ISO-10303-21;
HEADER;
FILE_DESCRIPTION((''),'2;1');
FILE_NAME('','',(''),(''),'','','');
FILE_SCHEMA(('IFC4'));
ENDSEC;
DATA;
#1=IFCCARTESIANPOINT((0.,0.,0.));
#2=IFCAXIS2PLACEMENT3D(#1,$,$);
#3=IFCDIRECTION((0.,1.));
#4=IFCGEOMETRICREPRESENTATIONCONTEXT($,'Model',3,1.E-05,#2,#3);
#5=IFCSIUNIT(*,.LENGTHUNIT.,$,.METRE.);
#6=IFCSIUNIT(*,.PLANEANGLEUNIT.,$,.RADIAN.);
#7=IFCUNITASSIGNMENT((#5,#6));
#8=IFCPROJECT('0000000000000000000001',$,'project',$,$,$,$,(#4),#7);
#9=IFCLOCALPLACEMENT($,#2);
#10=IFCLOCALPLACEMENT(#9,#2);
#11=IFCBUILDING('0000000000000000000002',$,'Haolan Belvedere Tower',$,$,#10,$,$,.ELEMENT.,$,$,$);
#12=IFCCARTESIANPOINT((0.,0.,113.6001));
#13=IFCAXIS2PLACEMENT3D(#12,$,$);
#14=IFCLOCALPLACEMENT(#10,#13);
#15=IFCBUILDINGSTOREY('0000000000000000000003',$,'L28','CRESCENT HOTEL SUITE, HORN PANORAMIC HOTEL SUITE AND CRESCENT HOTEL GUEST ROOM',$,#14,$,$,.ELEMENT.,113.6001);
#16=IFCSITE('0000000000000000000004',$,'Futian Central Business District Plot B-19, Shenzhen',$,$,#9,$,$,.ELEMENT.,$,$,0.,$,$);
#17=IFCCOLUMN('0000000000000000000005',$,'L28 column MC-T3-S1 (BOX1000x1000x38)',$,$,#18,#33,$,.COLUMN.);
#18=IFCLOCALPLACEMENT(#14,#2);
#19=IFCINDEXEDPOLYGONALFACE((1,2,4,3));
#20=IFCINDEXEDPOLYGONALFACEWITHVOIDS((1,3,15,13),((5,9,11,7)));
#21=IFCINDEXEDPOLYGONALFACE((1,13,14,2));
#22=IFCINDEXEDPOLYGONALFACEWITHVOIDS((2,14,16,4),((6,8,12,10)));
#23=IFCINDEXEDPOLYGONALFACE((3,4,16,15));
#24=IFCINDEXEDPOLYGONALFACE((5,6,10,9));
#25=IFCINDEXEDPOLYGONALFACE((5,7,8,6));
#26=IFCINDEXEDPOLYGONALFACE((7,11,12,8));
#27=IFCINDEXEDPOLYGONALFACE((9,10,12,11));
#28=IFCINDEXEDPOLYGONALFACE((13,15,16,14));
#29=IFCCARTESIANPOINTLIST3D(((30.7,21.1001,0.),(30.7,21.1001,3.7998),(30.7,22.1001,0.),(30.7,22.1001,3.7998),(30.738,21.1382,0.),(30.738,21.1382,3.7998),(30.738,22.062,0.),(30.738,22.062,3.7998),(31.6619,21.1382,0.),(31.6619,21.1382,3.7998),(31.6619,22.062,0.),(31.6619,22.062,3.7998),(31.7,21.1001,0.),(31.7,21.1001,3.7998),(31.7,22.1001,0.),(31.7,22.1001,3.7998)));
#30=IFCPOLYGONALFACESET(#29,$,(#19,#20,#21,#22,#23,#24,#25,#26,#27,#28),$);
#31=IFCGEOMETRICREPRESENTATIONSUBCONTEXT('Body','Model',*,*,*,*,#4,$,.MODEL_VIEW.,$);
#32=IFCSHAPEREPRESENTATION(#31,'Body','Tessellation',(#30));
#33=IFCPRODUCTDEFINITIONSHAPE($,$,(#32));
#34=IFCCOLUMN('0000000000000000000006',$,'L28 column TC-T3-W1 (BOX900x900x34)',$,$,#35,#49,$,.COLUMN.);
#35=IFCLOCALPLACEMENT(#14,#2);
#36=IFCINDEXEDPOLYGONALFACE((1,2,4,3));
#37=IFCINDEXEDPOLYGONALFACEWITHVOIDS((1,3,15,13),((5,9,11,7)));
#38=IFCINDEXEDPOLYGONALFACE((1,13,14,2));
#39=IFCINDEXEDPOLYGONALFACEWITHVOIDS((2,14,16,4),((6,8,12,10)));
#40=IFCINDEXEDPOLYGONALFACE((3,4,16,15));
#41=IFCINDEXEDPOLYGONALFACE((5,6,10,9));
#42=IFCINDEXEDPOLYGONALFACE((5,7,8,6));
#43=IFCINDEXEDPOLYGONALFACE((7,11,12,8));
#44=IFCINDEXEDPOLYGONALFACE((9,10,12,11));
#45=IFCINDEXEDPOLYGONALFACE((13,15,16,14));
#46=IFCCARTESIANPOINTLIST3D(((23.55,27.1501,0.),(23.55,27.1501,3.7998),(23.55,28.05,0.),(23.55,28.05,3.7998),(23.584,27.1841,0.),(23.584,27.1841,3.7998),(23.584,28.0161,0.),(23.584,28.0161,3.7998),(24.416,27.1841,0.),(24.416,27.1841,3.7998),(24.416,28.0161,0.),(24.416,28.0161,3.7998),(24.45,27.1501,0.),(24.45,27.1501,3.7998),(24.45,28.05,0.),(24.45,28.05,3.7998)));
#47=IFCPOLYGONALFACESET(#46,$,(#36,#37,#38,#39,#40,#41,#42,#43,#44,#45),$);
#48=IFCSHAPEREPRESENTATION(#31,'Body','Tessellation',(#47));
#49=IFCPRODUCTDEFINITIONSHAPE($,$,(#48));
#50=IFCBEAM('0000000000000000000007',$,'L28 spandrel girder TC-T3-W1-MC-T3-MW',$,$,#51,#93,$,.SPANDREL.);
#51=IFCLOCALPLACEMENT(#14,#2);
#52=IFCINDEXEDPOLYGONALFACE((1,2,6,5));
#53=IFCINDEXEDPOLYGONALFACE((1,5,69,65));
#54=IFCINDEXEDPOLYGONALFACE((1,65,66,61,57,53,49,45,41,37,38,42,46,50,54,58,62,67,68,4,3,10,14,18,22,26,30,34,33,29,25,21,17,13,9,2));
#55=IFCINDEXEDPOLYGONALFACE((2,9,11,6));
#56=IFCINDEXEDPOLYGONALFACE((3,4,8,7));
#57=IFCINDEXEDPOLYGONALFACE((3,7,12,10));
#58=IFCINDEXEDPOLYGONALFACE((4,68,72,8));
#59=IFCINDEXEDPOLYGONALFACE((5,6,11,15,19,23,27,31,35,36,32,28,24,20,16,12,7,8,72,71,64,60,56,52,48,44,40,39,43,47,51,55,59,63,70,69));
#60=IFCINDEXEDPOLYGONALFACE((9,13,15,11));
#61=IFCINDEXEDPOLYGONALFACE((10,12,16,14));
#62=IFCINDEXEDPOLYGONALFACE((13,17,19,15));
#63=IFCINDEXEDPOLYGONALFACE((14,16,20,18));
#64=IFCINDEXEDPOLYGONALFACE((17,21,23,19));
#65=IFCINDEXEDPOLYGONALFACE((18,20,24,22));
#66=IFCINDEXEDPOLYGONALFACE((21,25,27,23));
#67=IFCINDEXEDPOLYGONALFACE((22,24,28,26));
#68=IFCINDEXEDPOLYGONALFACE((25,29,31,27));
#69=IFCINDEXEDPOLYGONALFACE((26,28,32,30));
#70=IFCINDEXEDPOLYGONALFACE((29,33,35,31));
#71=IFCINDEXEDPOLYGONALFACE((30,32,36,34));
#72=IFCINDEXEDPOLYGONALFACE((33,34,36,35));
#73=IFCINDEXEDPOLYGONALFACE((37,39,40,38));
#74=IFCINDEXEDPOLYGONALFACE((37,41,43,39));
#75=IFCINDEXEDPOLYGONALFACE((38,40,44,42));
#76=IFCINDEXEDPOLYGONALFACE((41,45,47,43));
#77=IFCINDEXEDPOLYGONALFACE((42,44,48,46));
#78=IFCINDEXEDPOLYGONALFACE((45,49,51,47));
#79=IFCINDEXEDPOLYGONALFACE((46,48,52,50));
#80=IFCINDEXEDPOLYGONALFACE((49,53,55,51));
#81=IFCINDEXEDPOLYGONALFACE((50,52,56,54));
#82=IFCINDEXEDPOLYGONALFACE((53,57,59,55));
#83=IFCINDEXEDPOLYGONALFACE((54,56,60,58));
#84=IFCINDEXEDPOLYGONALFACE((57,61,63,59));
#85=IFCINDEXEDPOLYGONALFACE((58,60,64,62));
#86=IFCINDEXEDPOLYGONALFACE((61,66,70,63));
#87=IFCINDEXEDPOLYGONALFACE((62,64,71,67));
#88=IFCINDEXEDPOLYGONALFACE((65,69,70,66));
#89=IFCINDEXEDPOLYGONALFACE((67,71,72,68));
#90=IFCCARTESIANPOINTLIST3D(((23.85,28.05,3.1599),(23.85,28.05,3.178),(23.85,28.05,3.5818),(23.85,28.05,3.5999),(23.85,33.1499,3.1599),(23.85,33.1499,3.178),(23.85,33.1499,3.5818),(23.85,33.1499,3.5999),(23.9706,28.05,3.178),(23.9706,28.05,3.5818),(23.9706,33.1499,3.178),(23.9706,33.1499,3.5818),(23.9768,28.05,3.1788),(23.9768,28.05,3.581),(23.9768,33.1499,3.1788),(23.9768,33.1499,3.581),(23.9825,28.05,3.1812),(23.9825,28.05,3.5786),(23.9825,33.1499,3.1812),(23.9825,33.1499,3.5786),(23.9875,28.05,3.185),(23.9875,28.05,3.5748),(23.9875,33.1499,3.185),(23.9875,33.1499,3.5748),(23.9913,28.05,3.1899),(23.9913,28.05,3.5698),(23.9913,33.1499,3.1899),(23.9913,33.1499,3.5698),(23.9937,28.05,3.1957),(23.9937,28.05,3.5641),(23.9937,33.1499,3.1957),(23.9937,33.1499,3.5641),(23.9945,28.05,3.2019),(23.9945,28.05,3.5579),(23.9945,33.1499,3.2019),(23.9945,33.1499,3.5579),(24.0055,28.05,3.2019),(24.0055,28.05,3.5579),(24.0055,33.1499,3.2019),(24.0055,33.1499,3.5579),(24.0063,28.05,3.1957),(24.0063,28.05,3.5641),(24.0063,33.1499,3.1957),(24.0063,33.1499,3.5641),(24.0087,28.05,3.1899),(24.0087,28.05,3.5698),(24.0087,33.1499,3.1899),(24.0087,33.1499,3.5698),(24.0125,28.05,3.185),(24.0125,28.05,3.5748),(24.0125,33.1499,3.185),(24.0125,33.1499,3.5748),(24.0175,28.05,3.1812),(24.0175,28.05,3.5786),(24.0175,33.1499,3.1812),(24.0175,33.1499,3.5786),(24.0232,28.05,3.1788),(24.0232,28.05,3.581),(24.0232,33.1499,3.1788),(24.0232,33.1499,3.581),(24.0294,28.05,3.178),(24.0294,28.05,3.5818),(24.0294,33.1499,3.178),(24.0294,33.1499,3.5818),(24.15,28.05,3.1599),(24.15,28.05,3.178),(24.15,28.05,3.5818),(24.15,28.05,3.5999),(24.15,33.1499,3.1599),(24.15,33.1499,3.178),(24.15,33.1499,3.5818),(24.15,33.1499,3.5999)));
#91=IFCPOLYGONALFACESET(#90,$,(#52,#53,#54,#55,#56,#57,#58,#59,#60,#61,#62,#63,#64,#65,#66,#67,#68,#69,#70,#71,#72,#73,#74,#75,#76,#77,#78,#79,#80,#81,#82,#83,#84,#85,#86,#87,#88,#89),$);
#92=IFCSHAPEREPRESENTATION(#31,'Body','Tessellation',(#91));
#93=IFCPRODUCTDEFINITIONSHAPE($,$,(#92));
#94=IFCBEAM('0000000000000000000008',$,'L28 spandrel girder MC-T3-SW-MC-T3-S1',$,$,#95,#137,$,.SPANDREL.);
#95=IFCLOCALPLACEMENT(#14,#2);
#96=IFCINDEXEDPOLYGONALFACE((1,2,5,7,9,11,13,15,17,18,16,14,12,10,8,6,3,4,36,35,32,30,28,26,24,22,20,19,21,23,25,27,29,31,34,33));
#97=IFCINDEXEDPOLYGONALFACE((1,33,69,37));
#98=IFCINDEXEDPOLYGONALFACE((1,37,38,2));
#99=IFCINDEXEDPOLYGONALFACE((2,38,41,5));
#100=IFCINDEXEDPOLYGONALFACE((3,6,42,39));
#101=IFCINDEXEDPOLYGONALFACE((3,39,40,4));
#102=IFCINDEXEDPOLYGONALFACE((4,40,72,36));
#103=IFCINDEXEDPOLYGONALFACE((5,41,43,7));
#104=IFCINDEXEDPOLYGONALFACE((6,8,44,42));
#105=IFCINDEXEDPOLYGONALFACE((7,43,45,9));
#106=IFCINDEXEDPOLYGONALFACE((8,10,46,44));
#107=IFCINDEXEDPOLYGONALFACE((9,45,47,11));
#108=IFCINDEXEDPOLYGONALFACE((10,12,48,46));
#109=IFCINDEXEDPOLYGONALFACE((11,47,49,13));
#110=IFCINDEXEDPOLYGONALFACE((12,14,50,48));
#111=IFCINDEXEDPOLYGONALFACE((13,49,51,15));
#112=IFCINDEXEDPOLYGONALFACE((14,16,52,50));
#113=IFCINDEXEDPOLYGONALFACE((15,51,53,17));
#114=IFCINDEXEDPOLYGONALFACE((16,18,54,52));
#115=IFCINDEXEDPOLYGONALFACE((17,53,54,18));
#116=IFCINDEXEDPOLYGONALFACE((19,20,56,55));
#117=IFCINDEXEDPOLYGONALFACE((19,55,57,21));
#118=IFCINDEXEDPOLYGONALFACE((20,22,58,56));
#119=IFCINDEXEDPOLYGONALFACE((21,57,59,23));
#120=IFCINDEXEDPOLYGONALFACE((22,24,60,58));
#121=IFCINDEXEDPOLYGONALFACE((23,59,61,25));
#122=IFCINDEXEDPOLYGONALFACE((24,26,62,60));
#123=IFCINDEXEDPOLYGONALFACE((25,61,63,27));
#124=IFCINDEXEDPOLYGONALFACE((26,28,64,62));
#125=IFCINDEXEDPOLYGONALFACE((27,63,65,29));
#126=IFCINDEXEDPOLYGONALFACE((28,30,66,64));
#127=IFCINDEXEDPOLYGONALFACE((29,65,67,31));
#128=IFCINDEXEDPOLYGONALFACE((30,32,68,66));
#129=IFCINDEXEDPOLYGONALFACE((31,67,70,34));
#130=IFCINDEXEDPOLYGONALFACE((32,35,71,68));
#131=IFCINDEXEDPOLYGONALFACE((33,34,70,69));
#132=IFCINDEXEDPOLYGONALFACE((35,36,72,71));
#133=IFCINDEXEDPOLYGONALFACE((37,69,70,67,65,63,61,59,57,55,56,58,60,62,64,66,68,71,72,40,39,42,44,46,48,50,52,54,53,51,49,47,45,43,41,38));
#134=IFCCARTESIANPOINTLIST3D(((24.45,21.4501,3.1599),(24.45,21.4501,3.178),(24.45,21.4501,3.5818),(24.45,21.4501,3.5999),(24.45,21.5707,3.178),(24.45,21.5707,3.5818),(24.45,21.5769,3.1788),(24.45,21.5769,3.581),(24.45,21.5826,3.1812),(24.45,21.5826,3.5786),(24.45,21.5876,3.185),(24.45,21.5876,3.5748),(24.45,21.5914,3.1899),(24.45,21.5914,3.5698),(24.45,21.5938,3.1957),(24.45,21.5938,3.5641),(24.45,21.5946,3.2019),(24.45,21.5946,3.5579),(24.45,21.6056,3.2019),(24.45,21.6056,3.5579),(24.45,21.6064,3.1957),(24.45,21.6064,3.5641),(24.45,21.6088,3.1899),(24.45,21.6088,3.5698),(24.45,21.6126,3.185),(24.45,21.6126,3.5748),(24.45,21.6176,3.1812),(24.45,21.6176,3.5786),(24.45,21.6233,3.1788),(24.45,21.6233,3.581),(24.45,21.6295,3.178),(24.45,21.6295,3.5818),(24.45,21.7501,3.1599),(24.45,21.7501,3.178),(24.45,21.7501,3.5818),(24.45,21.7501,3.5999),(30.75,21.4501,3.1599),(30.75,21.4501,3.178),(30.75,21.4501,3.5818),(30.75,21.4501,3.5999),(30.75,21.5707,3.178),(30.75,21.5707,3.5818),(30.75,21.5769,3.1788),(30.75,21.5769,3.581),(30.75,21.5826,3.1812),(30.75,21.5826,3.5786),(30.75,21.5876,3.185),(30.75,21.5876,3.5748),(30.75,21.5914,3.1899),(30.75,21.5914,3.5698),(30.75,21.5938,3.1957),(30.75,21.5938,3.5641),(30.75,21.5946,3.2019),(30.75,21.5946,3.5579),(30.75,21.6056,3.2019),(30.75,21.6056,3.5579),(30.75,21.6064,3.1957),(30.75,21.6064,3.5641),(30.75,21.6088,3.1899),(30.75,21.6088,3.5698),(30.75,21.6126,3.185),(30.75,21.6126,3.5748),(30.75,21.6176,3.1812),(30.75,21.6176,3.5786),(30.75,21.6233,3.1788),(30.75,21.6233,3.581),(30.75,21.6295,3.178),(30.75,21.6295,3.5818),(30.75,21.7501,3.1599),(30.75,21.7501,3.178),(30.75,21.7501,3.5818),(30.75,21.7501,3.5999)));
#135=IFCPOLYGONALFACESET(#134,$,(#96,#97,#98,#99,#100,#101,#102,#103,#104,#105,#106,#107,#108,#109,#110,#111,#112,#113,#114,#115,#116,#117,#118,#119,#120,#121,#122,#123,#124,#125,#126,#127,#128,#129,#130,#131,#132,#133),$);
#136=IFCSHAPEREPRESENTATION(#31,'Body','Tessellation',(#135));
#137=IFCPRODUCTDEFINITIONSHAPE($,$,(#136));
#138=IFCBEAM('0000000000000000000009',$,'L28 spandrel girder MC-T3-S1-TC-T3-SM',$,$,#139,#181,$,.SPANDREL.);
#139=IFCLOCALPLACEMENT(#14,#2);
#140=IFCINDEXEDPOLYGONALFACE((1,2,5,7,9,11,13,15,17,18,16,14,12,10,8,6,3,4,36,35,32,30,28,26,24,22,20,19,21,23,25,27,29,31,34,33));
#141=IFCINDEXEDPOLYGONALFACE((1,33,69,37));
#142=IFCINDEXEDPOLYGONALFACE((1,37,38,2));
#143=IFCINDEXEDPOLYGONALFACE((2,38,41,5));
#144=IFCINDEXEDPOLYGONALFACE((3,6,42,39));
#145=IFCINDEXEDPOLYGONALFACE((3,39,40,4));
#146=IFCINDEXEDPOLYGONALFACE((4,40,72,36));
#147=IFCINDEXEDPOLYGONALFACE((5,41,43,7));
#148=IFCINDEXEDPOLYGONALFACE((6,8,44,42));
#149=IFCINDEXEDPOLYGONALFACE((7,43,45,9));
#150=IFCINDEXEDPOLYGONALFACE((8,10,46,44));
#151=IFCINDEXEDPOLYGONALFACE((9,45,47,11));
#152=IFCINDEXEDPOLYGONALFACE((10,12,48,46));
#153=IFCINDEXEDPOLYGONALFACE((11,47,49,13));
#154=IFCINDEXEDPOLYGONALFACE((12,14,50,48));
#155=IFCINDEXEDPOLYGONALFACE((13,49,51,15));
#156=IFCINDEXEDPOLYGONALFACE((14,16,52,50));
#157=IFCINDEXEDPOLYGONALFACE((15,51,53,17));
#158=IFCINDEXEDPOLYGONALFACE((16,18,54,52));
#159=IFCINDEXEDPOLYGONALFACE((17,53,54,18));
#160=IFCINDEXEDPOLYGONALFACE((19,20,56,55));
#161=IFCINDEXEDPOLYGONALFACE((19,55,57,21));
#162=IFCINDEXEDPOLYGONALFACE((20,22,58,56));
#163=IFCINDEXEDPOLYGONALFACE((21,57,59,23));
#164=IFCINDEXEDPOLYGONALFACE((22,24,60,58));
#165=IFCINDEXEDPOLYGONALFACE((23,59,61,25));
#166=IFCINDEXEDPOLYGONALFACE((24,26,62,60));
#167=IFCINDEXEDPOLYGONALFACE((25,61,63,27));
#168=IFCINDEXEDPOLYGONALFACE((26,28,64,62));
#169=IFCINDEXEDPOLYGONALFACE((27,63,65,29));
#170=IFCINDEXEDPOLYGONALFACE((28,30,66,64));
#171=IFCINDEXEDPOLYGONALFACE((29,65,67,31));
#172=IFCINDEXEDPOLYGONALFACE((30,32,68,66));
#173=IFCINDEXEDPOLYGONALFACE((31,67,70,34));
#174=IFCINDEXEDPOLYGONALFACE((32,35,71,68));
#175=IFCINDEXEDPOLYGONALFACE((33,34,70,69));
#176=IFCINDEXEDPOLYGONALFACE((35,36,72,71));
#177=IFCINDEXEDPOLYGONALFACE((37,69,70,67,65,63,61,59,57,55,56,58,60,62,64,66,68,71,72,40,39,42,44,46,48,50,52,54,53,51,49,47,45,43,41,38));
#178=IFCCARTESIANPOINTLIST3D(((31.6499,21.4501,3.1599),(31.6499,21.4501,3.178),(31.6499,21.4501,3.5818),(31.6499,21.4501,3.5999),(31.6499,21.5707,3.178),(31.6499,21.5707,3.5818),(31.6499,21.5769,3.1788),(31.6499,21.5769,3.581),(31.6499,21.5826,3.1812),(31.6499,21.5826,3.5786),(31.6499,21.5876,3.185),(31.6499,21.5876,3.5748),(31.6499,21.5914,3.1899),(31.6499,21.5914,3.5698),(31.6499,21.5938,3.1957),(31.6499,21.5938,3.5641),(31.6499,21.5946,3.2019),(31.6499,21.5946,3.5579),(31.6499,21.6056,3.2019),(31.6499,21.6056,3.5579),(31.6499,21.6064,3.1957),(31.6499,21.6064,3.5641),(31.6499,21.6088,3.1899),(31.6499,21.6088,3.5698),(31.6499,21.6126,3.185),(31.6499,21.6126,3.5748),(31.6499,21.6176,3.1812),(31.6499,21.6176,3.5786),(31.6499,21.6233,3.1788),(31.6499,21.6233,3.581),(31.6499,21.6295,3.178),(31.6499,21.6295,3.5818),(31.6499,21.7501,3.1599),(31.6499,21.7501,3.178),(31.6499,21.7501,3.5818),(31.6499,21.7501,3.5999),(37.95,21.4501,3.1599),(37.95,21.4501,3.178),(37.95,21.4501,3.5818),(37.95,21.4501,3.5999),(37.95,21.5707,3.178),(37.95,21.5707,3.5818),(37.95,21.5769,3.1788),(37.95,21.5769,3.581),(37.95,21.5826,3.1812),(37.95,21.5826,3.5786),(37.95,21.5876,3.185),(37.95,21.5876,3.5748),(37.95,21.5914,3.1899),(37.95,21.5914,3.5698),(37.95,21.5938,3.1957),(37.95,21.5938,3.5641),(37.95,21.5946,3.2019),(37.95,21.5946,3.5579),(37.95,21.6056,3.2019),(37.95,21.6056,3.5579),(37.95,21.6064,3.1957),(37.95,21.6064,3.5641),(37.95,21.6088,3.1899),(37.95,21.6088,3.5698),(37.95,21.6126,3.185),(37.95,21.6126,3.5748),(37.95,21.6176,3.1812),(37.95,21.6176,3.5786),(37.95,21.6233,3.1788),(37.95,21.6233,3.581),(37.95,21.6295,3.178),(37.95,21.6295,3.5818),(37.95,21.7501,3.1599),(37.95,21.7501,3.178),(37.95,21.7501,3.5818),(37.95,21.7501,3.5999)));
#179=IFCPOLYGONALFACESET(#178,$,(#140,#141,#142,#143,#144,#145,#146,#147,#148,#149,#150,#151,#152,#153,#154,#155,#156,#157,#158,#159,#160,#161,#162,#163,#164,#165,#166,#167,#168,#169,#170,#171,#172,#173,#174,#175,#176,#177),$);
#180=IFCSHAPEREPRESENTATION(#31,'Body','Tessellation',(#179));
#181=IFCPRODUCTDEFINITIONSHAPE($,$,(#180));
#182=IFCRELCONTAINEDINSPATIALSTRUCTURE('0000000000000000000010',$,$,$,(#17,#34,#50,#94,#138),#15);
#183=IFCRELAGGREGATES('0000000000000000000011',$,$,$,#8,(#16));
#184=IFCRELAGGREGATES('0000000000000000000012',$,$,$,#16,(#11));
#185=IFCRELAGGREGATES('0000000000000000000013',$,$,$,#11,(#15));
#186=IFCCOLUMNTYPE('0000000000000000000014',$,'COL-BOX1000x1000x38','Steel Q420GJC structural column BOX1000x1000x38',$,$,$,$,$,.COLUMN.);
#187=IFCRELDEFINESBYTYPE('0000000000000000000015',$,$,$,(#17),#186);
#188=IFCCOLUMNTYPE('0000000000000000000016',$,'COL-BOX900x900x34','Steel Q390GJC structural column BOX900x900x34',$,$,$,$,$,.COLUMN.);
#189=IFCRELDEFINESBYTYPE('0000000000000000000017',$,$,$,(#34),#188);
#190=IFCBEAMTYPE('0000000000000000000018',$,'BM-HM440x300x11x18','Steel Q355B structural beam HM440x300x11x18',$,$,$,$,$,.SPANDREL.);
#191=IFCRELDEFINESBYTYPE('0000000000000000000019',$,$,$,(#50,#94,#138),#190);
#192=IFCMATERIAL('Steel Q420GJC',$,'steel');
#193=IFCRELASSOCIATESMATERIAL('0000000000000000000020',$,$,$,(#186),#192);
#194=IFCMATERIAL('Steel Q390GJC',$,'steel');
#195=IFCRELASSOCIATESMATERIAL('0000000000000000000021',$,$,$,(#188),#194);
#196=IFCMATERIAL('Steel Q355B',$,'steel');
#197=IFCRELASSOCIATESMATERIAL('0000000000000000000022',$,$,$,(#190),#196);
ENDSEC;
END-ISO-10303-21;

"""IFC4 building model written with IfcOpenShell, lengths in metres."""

from ifc_helpers import new_model, si_unit, direction, frame, origin, origin_2d, place, context, subcontext, project, spatial, hollow_rectangle, i_section, extrude, material, material_profile, profile_set, type_object, element, save


model = new_model("IFC4")

# Units and contexts
model_context = context("Model", 3, precision=1e-05, world=origin(), true_north=direction((0.0, 1.0)))
body_context = subcontext(model_context, "Body", "Model", "MODEL_VIEW")
ifc_project = project(units=[si_unit("LENGTHUNIT", "METRE"), si_unit("PLANEANGLEUNIT", "RADIAN")], contexts=[model_context])

# Site, building, storey
site_placement = place(None, origin())
site = spatial("IfcSite", under=ifc_project, at=site_placement, Name="Futian Central Business District Plot B-19, Shenzhen", CompositionType="ELEMENT", RefElevation=0.0)
building_placement = place(site_placement, origin())
building = spatial("IfcBuilding", under=site, at=building_placement, Name="Haolan Belvedere Tower", CompositionType="ELEMENT")
storey_placement = place(building_placement, frame((0.0, 0.0, 113.6001)))
storey = spatial("IfcBuildingStorey", under=building, at=storey_placement, Name="L28", Description="CRESCENT HOTEL SUITE, HORN PANORAMIC HOTEL SUITE AND CRESCENT HOTEL GUEST ROOM", CompositionType="ELEMENT", Elevation=113.6001)

# Columns
ifc_material_1 = material(Name="Steel Q420GJC", Category="steel")
ifc_material_profile_1 = material_profile(ifc_material_1, hollow_rectangle(XDim=1.0, YDim=1.0, WallThickness=0.0381, at=origin_2d()), Name="Steel Q420GJC")
ifc_profile_set_1 = profile_set([ifc_material_profile_1], Name="Steel Q420GJC")
column_type_1 = type_object("IfcColumnType", Name="COL-BOX1000x1000x38", Description="Steel Q420GJC structural column BOX1000x1000x38", PredefinedType="COLUMN", material=ifc_profile_set_1)
column_1_placement = place(storey_placement, frame((31.2, 21.6001, 0.0), z_axis=(0.0, 0.0, 1.0), x_axis=(1.0, 0.0, 0.0)))
element("IfcColumn", 1, at=column_1_placement, inside=storey, type_object=column_type_1, Name="L28 column MC-T3-S1 (BOX1000x1000x38)", PredefinedType="COLUMN", context=body_context, shape_type="SweptSolid", body=[
    extrude(hollow_rectangle(XDim=1.0, YDim=1.0, WallThickness=0.0381, at=origin_2d()), origin(), (0.0, 0.0, 1.0), 3.7998),
])
ifc_material_2 = material(Name="Steel Q390GJC", Category="steel")
ifc_material_profile_2 = material_profile(ifc_material_2, hollow_rectangle(XDim=0.8999, YDim=0.8999, WallThickness=0.0339, at=origin_2d()), Name="Steel Q390GJC")
ifc_profile_set_2 = profile_set([ifc_material_profile_2], Name="Steel Q390GJC")
column_type_2 = type_object("IfcColumnType", Name="COL-BOX900x900x34", Description="Steel Q390GJC structural column BOX900x900x34", PredefinedType="COLUMN", material=ifc_profile_set_2)
column_2_placement = place(storey_placement, frame((24.0, 27.6001, 0.0), z_axis=(0.0, 0.0, 1.0), x_axis=(1.0, 0.0, 0.0)))
element("IfcColumn", 2, at=column_2_placement, inside=storey, type_object=column_type_2, Name="L28 column TC-T3-W1 (BOX900x900x34)", PredefinedType="COLUMN", context=body_context, shape_type="SweptSolid", body=[
    extrude(hollow_rectangle(XDim=0.8999, YDim=0.8999, WallThickness=0.0339, at=origin_2d()), origin(), (0.0, 0.0, 1.0), 3.7998),
])

# Beams
ifc_material_3 = material(Name="Steel Q355B", Category="steel")
ifc_material_profile_3 = material_profile(ifc_material_3, i_section(OverallWidth=0.3, OverallDepth=0.4399, WebThickness=0.011, FlangeThickness=0.0181, FilletRadius=0.0239, at=origin_2d()), Name="Steel Q355B")
ifc_profile_set_3 = profile_set([ifc_material_profile_3], Name="Steel Q355B")
beam_type_1 = type_object("IfcBeamType", Name="BM-HM440x300x11x18", Description="Steel Q355B structural beam HM440x300x11x18", PredefinedType="SPANDREL", material=ifc_profile_set_3)
beam_1_placement = place(storey_placement, frame((24.0, 28.05, 3.3799), z_axis=(0.0, 1.0, 0.0), x_axis=(-1.0, 0.0, 0.0)))
element("IfcBeam", 3, at=beam_1_placement, inside=storey, type_object=beam_type_1, Name="L28 spandrel girder TC-T3-W1-MC-T3-MW", PredefinedType="SPANDREL", context=body_context, shape_type="SweptSolid", body=[
    extrude(i_section(OverallWidth=0.3, OverallDepth=0.4399, WebThickness=0.011, FlangeThickness=0.0181, FilletRadius=0.0239, at=origin_2d()), origin(), (0.0, 0.0, 1.0), 5.0999),
])
for number, where, z_axis, x_axis, name in (
    (4, (24.45, 21.6001, 3.3799), (1.0, 0.0, 0.0), (0.0, 1.0, 0.0), "L28 spandrel girder MC-T3-SW-MC-T3-S1"),
    (5, (31.6499, 21.6001, 3.3799), (1.0, 0.0, 0.0), (0.0, 1.0, 0.0), "L28 spandrel girder MC-T3-S1-TC-T3-SM"),
):
    element("IfcBeam", number, at=place(storey_placement, frame(where, z_axis=z_axis, x_axis=x_axis)), inside=storey, type_object=beam_type_1, Name=name, PredefinedType="SPANDREL", context=body_context, shape_type="SweptSolid", body=[
        extrude(i_section(OverallWidth=0.3, OverallDepth=0.4399, WebThickness=0.011, FlangeThickness=0.0181, FilletRadius=0.0239, at=origin_2d()), origin(), (0.0, 0.0, 1.0), 6.3),
    ])

save(model, "model.ifc")
